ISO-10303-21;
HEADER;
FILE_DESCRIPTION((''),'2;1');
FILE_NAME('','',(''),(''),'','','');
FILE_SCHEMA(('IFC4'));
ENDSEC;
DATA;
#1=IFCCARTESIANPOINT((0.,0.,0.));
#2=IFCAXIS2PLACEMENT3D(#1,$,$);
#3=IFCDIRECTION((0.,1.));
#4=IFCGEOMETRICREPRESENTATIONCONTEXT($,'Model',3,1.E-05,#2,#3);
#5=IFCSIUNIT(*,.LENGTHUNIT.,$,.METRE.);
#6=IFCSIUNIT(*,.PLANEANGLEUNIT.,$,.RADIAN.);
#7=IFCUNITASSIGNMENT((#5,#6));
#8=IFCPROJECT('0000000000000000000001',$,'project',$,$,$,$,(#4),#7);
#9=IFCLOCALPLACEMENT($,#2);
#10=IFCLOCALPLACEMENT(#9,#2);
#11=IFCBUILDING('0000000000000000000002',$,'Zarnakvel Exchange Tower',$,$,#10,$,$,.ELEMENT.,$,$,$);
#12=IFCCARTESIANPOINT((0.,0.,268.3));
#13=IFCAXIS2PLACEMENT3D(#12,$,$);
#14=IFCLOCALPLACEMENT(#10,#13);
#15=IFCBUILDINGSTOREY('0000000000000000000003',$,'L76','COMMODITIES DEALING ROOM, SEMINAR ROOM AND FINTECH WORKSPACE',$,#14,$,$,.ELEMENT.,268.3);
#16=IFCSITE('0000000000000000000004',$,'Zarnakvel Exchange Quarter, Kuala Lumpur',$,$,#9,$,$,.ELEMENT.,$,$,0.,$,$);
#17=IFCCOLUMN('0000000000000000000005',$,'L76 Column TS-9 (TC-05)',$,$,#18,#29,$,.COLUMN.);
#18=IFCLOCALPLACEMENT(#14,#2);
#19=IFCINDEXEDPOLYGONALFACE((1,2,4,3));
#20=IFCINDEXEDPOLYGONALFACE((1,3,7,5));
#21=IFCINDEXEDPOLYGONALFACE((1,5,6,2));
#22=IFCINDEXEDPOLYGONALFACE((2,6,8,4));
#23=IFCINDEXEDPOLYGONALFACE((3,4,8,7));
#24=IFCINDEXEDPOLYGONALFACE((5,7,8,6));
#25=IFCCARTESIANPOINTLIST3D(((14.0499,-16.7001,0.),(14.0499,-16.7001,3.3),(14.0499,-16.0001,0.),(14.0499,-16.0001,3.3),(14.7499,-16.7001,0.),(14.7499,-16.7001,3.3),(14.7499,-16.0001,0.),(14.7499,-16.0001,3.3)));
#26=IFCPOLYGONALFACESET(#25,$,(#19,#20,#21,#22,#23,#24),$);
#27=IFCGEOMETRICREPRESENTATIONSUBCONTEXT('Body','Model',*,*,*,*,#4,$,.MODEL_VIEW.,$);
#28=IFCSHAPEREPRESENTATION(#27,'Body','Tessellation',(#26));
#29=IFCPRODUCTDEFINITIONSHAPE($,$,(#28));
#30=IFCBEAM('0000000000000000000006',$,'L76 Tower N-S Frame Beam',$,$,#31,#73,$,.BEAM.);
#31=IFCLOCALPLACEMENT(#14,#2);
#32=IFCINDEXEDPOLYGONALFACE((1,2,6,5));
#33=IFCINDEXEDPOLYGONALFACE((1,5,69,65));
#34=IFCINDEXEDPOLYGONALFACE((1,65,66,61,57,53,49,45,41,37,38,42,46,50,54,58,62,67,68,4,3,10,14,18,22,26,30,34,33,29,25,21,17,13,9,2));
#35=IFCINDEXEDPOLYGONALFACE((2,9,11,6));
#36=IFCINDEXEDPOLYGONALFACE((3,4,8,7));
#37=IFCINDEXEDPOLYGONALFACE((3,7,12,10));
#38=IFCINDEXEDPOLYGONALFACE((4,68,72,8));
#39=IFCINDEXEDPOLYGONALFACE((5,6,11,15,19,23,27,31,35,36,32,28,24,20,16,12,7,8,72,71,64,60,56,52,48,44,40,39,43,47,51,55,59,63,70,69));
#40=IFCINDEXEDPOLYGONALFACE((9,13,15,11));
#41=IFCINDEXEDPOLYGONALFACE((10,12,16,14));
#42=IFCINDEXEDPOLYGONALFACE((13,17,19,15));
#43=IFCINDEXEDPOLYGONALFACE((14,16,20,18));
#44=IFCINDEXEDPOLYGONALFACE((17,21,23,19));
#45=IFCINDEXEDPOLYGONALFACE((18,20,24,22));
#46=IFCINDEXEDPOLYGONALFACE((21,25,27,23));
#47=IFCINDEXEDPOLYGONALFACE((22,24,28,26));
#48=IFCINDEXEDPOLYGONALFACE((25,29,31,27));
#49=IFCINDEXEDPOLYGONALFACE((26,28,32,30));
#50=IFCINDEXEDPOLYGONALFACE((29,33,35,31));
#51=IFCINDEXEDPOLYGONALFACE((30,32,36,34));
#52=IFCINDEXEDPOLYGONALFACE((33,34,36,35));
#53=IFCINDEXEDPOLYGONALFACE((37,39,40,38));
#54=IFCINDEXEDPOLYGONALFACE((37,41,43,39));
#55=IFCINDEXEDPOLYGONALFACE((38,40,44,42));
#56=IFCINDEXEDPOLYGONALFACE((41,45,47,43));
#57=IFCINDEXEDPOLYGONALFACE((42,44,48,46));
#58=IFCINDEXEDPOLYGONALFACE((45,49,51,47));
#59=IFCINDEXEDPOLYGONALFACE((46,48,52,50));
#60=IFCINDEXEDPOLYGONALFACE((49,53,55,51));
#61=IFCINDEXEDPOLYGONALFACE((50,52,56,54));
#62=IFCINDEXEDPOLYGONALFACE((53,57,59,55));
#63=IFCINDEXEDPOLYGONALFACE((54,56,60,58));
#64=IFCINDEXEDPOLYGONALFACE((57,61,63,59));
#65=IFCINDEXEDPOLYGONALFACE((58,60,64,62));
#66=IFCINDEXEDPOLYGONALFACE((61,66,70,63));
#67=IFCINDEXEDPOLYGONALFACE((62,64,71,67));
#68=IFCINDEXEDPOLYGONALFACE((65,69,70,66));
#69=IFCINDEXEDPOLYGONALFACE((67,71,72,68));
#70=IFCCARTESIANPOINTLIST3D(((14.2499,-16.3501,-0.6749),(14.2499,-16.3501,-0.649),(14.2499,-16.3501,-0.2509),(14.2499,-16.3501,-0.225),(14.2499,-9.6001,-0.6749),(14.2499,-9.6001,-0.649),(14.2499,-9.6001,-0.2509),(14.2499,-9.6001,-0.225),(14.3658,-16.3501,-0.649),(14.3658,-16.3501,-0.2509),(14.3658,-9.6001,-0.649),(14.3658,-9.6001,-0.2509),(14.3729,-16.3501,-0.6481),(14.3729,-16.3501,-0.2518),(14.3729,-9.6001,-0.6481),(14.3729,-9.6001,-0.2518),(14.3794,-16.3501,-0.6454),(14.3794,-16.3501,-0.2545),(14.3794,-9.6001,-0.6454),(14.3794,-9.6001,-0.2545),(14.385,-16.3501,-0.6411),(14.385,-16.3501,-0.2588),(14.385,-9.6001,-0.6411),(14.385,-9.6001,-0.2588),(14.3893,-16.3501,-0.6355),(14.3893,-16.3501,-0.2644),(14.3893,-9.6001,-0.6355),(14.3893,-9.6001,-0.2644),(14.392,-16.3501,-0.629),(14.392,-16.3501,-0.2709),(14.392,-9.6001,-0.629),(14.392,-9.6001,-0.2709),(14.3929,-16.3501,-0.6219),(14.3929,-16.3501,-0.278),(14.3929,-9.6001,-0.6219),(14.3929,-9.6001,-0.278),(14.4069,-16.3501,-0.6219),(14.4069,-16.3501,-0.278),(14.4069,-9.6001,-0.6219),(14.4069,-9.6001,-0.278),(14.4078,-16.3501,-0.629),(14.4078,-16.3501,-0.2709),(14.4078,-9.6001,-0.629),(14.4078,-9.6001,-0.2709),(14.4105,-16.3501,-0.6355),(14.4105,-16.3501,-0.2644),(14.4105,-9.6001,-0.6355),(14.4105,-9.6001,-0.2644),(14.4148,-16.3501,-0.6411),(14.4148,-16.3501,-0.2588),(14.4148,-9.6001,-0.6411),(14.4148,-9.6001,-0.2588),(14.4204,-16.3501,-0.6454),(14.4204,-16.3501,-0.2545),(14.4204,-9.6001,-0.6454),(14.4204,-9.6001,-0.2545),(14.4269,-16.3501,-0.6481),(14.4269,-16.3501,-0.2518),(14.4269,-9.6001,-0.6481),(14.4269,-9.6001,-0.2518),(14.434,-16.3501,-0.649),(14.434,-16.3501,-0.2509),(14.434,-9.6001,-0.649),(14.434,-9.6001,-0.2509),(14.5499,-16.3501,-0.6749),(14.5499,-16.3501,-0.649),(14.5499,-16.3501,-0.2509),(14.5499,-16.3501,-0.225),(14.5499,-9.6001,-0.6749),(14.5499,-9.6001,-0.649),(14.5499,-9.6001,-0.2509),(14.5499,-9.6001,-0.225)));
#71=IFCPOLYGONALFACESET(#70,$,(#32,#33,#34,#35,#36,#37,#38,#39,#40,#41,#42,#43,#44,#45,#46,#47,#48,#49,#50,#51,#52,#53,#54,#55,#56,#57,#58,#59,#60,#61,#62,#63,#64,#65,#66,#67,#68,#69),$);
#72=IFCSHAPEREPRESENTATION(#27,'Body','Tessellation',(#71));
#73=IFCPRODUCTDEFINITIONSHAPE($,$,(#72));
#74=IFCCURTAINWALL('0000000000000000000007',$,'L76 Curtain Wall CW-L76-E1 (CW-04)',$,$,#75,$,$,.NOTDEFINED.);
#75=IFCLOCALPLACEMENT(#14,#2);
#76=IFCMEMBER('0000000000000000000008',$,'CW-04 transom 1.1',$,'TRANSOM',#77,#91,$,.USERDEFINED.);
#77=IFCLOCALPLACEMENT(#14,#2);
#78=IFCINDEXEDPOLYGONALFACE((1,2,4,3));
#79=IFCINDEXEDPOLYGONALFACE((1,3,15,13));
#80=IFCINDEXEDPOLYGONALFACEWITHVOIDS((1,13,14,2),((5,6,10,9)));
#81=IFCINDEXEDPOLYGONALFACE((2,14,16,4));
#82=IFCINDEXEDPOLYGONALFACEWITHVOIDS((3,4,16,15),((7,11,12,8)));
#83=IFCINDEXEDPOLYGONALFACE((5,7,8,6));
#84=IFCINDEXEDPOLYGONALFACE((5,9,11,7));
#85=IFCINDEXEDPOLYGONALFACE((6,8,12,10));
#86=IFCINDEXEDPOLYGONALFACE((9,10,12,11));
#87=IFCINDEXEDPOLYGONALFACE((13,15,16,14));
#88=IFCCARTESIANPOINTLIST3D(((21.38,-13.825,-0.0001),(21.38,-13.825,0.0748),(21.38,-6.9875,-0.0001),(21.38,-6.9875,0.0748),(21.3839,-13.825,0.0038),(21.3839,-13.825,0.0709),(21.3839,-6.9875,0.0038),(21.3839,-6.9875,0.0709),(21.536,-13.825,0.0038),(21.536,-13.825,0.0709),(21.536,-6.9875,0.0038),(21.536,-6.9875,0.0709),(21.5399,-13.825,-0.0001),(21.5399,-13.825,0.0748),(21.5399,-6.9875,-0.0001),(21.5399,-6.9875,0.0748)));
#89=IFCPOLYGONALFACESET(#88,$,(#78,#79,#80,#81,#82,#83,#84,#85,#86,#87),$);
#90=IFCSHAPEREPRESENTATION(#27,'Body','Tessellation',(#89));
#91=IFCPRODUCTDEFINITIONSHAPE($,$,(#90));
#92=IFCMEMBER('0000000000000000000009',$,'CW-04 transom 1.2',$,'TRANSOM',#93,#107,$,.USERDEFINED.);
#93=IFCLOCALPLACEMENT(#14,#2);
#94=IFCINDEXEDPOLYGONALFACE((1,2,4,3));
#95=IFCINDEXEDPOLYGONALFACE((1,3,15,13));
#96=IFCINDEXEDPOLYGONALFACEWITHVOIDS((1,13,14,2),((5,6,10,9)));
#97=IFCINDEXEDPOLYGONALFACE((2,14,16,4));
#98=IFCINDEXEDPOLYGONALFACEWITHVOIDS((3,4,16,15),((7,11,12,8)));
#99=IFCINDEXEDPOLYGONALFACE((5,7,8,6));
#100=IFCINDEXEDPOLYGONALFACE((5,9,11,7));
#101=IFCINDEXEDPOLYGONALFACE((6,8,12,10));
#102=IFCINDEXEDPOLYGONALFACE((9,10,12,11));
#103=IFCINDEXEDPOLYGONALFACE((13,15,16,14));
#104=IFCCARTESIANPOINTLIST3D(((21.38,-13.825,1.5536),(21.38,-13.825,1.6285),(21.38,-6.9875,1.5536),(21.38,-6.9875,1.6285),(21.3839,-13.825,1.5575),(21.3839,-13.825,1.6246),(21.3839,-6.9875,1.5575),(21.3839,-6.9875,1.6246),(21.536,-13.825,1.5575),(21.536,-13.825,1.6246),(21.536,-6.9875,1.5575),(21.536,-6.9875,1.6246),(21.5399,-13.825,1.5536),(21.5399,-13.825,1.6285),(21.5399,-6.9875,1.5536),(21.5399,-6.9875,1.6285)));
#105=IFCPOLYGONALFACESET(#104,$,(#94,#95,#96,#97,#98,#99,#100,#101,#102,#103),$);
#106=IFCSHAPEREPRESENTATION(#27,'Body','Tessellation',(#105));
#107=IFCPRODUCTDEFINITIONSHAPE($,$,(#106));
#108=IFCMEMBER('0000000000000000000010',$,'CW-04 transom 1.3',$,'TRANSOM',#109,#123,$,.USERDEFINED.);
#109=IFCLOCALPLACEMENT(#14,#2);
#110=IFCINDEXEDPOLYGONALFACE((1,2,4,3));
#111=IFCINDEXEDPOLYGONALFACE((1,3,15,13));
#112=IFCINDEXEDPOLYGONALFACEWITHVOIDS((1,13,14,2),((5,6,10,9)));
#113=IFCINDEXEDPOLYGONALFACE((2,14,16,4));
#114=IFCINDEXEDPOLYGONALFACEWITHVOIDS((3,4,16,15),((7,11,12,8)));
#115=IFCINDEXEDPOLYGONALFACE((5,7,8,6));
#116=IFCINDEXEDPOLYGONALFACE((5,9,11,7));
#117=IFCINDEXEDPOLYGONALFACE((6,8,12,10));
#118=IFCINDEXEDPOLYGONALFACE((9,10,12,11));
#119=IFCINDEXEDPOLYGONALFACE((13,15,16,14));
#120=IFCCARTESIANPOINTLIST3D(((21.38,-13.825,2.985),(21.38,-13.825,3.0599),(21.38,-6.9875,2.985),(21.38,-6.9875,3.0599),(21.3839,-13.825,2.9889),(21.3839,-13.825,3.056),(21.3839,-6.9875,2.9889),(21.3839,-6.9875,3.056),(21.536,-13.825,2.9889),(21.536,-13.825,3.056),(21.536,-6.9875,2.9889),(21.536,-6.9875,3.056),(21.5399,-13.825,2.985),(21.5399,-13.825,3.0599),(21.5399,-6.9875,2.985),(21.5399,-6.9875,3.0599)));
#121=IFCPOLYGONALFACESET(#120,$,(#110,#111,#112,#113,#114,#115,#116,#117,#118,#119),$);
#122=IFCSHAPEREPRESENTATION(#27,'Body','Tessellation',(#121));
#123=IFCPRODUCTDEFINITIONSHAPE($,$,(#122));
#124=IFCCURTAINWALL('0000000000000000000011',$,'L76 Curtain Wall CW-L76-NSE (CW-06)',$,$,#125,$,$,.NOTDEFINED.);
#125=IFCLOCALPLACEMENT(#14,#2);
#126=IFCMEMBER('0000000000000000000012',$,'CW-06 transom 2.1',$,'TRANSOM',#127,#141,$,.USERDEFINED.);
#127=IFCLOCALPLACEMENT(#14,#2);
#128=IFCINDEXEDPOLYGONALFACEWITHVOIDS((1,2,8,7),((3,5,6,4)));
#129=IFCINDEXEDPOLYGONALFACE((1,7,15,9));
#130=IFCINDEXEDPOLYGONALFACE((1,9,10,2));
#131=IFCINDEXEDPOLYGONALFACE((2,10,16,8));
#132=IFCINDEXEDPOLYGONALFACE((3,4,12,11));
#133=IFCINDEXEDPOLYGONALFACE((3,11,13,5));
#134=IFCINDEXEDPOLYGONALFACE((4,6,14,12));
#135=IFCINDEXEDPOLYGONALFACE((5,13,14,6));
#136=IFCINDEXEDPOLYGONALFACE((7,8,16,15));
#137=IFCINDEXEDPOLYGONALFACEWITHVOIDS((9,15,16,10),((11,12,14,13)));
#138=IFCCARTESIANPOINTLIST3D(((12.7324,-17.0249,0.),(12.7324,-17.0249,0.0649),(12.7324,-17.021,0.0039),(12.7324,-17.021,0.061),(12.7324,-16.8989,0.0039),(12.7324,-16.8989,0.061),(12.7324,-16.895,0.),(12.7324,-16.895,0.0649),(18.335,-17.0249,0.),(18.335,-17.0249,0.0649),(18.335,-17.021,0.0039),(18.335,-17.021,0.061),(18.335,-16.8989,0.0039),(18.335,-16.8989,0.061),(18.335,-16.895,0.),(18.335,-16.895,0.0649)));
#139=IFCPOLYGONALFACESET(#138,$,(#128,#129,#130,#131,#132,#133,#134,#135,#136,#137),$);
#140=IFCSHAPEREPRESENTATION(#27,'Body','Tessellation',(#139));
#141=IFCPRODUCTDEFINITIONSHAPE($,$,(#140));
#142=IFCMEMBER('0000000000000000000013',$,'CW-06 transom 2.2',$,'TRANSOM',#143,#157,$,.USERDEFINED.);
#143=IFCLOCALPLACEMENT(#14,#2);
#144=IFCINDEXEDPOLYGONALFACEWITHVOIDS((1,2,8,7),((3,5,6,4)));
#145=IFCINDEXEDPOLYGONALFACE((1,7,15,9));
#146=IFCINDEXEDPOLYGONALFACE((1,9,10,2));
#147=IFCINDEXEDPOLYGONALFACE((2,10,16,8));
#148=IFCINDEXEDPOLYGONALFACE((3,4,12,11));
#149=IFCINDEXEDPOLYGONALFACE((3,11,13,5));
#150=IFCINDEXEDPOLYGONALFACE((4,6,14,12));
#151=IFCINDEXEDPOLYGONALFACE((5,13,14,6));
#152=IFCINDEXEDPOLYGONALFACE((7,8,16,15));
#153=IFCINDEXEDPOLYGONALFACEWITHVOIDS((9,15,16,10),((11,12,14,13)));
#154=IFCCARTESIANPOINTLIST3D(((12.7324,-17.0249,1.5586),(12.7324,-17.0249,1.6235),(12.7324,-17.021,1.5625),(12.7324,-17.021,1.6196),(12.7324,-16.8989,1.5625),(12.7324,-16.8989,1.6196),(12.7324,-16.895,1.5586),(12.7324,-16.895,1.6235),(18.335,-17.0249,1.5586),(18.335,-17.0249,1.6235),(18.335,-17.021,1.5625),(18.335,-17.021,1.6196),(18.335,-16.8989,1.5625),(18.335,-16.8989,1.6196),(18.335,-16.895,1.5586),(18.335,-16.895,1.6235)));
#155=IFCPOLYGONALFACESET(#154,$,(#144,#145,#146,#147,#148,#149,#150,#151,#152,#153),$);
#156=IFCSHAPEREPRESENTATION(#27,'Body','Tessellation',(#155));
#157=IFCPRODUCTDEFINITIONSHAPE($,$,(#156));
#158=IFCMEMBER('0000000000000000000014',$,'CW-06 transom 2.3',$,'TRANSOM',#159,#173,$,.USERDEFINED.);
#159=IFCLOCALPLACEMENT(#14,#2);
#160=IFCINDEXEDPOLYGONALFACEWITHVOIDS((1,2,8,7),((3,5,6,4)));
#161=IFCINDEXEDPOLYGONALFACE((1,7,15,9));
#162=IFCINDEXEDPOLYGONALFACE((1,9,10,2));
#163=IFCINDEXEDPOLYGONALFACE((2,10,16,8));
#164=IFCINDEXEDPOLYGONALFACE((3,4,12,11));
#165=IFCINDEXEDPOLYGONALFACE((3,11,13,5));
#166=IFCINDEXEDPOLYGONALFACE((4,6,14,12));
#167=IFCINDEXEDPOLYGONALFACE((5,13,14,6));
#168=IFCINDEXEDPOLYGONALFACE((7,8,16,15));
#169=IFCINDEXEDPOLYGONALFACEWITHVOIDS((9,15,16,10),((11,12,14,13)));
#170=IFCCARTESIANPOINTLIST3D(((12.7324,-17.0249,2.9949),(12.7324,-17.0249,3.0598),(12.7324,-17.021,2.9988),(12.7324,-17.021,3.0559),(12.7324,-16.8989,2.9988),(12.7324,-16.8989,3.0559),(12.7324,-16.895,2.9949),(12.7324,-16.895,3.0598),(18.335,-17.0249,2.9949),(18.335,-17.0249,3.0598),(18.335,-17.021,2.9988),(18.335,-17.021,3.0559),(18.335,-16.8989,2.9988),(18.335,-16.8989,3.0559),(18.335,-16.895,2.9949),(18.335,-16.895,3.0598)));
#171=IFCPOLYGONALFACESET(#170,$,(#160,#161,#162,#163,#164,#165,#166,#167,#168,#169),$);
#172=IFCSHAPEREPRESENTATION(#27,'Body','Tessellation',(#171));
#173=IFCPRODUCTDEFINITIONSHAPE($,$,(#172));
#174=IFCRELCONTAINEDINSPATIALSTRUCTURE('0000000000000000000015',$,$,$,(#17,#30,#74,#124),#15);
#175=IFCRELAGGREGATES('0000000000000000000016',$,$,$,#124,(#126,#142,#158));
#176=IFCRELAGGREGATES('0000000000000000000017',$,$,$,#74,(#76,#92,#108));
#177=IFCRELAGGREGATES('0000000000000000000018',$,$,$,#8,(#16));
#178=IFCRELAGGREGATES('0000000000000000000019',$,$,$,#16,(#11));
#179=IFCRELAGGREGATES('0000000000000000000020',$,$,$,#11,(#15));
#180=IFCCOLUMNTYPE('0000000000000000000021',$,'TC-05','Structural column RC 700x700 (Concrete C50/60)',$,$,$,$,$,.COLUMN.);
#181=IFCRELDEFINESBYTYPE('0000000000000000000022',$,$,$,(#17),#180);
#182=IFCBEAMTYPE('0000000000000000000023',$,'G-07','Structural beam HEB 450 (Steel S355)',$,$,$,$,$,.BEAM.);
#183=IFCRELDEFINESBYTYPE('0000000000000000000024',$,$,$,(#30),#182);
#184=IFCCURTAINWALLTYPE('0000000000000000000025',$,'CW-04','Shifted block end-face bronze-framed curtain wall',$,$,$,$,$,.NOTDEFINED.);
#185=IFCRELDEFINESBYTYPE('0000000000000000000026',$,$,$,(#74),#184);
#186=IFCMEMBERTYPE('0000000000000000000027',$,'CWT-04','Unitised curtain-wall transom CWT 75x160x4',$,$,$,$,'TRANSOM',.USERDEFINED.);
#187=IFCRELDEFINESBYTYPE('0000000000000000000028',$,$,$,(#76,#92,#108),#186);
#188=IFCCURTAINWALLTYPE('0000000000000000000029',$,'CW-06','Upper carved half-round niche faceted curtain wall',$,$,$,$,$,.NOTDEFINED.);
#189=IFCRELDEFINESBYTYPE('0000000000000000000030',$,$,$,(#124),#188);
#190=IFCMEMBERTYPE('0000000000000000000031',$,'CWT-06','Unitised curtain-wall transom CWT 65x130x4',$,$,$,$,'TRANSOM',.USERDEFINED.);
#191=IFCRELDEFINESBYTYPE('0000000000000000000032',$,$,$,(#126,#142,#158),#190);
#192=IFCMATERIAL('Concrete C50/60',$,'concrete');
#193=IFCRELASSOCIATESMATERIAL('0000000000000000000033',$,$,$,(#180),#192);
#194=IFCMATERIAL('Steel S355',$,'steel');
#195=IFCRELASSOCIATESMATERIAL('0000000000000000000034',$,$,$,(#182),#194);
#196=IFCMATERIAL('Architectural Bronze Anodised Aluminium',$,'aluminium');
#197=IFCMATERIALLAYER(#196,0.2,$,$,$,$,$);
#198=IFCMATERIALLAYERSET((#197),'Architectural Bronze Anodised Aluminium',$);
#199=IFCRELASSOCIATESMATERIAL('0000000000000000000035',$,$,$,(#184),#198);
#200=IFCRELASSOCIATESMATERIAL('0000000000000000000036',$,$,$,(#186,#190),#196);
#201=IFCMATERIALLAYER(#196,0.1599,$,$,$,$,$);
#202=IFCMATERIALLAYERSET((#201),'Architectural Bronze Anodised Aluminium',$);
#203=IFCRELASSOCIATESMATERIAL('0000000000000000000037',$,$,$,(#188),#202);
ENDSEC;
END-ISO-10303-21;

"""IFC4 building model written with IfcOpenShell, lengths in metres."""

from ifc_helpers import new_model, si_unit, direction, frame, origin, origin_2d, place, context, subcontext, project, spatial, rectangle, hollow_rectangle, i_section, extrude, source, transform, mapped, material, layer, layer_set, material_profile, profile_set, type_object, element, aggregate, save


model = new_model("IFC4")

# Units and contexts
model_context = context("Model", 3, precision=1e-05, world=origin(), true_north=direction((0.0, 1.0)))
body_context = subcontext(model_context, "Body", "Model", "MODEL_VIEW")
ifc_project = project(units=[si_unit("LENGTHUNIT", "METRE"), si_unit("PLANEANGLEUNIT", "RADIAN")], contexts=[model_context])

# Site, building, storey
site_placement = place(None, origin())
site = spatial("IfcSite", under=ifc_project, at=site_placement, Name="Zarnakvel Exchange Quarter, Kuala Lumpur", CompositionType="ELEMENT", RefElevation=0.0)
building_placement = place(site_placement, origin())
building = spatial("IfcBuilding", under=site, at=building_placement, Name="Zarnakvel Exchange Tower", CompositionType="ELEMENT")
storey_placement = place(building_placement, frame((0.0, 0.0, 268.3)))
storey = spatial("IfcBuildingStorey", under=building, at=storey_placement, Name="L76", Description="COMMODITIES DEALING ROOM, SEMINAR ROOM AND FINTECH WORKSPACE", CompositionType="ELEMENT", Elevation=268.3)

# Column
ifc_material_1 = material(Name="Concrete C50/60", Category="concrete")
ifc_material_profile_1 = material_profile(ifc_material_1, rectangle(XDim=0.7, YDim=0.7, at=origin_2d()))
ifc_profile_set_1 = profile_set([ifc_material_profile_1], Name="Concrete C50/60")
column_type = type_object("IfcColumnType", Name="TC-05", Description="Structural column RC 700x700 (Concrete C50/60)", PredefinedType="COLUMN", material=ifc_profile_set_1)
column_placement = place(storey_placement, frame((14.3999, -16.3501, 0.0), z_axis=(0.0, 0.0, 1.0), x_axis=(1.0, 0.0, 0.0)))
element("IfcColumn", 1, at=column_placement, inside=storey, type_object=column_type, Name="L76 Column TS-9 (TC-05)", PredefinedType="COLUMN", context=body_context, shape_type="SweptSolid", body=[
    extrude(rectangle(XDim=0.7, YDim=0.7, at=origin_2d()), origin(), (0.0, 0.0, 1.0), 3.3),
])

# Beam
ifc_material_2 = material(Name="Steel S355", Category="steel")
ifc_material_profile_2 = material_profile(ifc_material_2, i_section(OverallWidth=0.3, OverallDepth=0.45, WebThickness=0.0139, FlangeThickness=0.0259, FilletRadius=0.0271, at=origin_2d()))
ifc_profile_set_2 = profile_set([ifc_material_profile_2], Name="Steel S355")
beam_type = type_object("IfcBeamType", Name="G-07", Description="Structural beam HEB 450 (Steel S355)", PredefinedType="BEAM", material=ifc_profile_set_2)
beam_placement = place(storey_placement, frame((14.3999, -16.3501, -0.45), z_axis=(0.0, 1.0, 0.0), x_axis=(-1.0, 0.0, 0.0)))
element("IfcBeam", 2, at=beam_placement, inside=storey, type_object=beam_type, Name="L76 Tower N-S Frame Beam", PredefinedType="BEAM", context=body_context, shape_type="SweptSolid", body=[
    extrude(i_section(OverallWidth=0.3, OverallDepth=0.45, WebThickness=0.0139, FlangeThickness=0.0259, FilletRadius=0.0271, at=origin_2d()), origin(), (0.0, 0.0, 1.0), 6.75),
])

# Curtain walls, members
ifc_material_3 = material(Name="Architectural Bronze Anodised Aluminium", Category="aluminium")
ifc_layer_1 = layer(ifc_material_3, 0.2)
ifc_layer_set_1 = layer_set([ifc_layer_1], Name="Architectural Bronze Anodised Aluminium")
curtain_wall_type_1 = type_object("IfcCurtainWallType", Name="CW-04", Description="Shifted block end-face bronze-framed curtain wall", PredefinedType="NOTDEFINED", material=ifc_layer_set_1)
curtain_wall_1_placement = place(storey_placement, origin())
curtain_wall_1 = element("IfcCurtainWall", 3, at=curtain_wall_1_placement, inside=storey, type_object=curtain_wall_type_1, Name="L76 Curtain Wall CW-L76-E1 (CW-04)", PredefinedType="NOTDEFINED")
ifc_material_profile_3 = material_profile(ifc_material_3, hollow_rectangle(XDim=0.1599, YDim=0.075, WallThickness=0.0039, at=origin_2d()))
ifc_profile_set_3 = profile_set([ifc_material_profile_3], Name="Architectural Bronze Anodised Aluminium")
member_type_1 = type_object("IfcMemberType", Name="CWT-04", Description="Unitised curtain-wall transom CWT 75x160x4", ElementType="TRANSOM", PredefinedType="USERDEFINED", material=ifc_profile_set_3)
shared_shape_1 = source(origin(), body_context, "Body", "SweptSolid", [
    extrude(hollow_rectangle(XDim=0.1599, YDim=0.075, WallThickness=0.0039, at=origin_2d()), origin(), (0.0, 0.0, 1.0), 6.8374),
])
member_1_placement = place(storey_placement, frame((21.46, -13.825, 0.0374), z_axis=(0.0, 1.0, 0.0), x_axis=(-1.0, 0.0, 0.0)))
member_1 = element("IfcMember", 4, at=member_1_placement, type_object=member_type_1, Name="CW-04 transom 1.1", ObjectType="TRANSOM", PredefinedType="USERDEFINED", context=body_context, shape_type="MappedRepresentation", body=[
    mapped(shared_shape_1, transform((0.0, 0.0, 0.0), x_axis=(1.0, 0.0, 0.0), y_axis=(0.0, 1.0, 0.0), z_axis=(0.0, 0.0, 1.0), scale=1.0)),
])
member_2_placement = place(storey_placement, frame((21.46, -13.825, 1.5911), z_axis=(0.0, 1.0, 0.0), x_axis=(-1.0, 0.0, 0.0)))
member_2 = element("IfcMember", 5, at=member_2_placement, type_object=member_type_1, Name="CW-04 transom 1.2", ObjectType="TRANSOM", PredefinedType="USERDEFINED", context=body_context, shape_type="MappedRepresentation", body=[
    mapped(shared_shape_1, transform((0.0, 0.0, 0.0), x_axis=(1.0, 0.0, 0.0), y_axis=(0.0, 1.0, 0.0), z_axis=(0.0, 0.0, 1.0), scale=1.0)),
])
member_3_placement = place(storey_placement, frame((21.46, -13.825, 3.0225), z_axis=(0.0, 1.0, 0.0), x_axis=(-1.0, 0.0, 0.0)))
member_3 = element("IfcMember", 6, at=member_3_placement, type_object=member_type_1, Name="CW-04 transom 1.3", ObjectType="TRANSOM", PredefinedType="USERDEFINED", context=body_context, shape_type="MappedRepresentation", body=[
    mapped(shared_shape_1, transform((0.0, 0.0, 0.0), x_axis=(1.0, 0.0, 0.0), y_axis=(0.0, 1.0, 0.0), z_axis=(0.0, 0.0, 1.0), scale=1.0)),
])
ifc_layer_2 = layer(ifc_material_3, 0.1599)
ifc_layer_set_2 = layer_set([ifc_layer_2], Name="Architectural Bronze Anodised Aluminium")
curtain_wall_type_2 = type_object("IfcCurtainWallType", Name="CW-06", Description="Upper carved half-round niche faceted curtain wall", PredefinedType="NOTDEFINED", material=ifc_layer_set_2)
curtain_wall_2_placement = place(storey_placement, origin())
curtain_wall_2 = element("IfcCurtainWall", 7, at=curtain_wall_2_placement, inside=storey, type_object=curtain_wall_type_2, Name="L76 Curtain Wall CW-L76-NSE (CW-06)", PredefinedType="NOTDEFINED")
ifc_material_profile_4 = material_profile(ifc_material_3, hollow_rectangle(XDim=0.1299, YDim=0.0649, WallThickness=0.0039, at=origin_2d()))
ifc_profile_set_4 = profile_set([ifc_material_profile_4], Name="Architectural Bronze Anodised Aluminium")
member_type_2 = type_object("IfcMemberType", Name="CWT-06", Description="Unitised curtain-wall transom CWT 65x130x4", ElementType="TRANSOM", PredefinedType="USERDEFINED", material=ifc_profile_set_4)
shared_shape_2 = source(origin(), body_context, "Body", "SweptSolid", [
    extrude(hollow_rectangle(XDim=0.1299, YDim=0.0649, WallThickness=0.0039, at=origin_2d()), origin(), (0.0, 0.0, 1.0), 5.6025),
])
member_4_placement = place(storey_placement, frame((12.7324, -16.96, 0.0325), z_axis=(1.0, 0.0, 0.0), x_axis=(0.0, 1.0, 0.0)))
member_4 = element("IfcMember", 8, at=member_4_placement, type_object=member_type_2, Name="CW-06 transom 2.1", ObjectType="TRANSOM", PredefinedType="USERDEFINED", context=body_context, shape_type="MappedRepresentation", body=[
    mapped(shared_shape_2, transform((0.0, 0.0, 0.0), x_axis=(1.0, 0.0, 0.0), y_axis=(0.0, 1.0, 0.0), z_axis=(0.0, 0.0, 1.0), scale=1.0)),
])
member_5_placement = place(storey_placement, frame((12.7324, -16.96, 1.5911), z_axis=(1.0, 0.0, 0.0), x_axis=(0.0, 1.0, 0.0)))
member_5 = element("IfcMember", 9, at=member_5_placement, type_object=member_type_2, Name="CW-06 transom 2.2", ObjectType="TRANSOM", PredefinedType="USERDEFINED", context=body_context, shape_type="MappedRepresentation", body=[
    mapped(shared_shape_2, transform((0.0, 0.0, 0.0), x_axis=(1.0, 0.0, 0.0), y_axis=(0.0, 1.0, 0.0), z_axis=(0.0, 0.0, 1.0), scale=1.0)),
])
member_6_placement = place(storey_placement, frame((12.7324, -16.96, 3.0273), z_axis=(1.0, 0.0, 0.0), x_axis=(0.0, 1.0, 0.0)))
member_6 = element("IfcMember", 10, at=member_6_placement, type_object=member_type_2, Name="CW-06 transom 2.3", ObjectType="TRANSOM", PredefinedType="USERDEFINED", context=body_context, shape_type="MappedRepresentation", body=[
    mapped(shared_shape_2, transform((0.0, 0.0, 0.0), x_axis=(1.0, 0.0, 0.0), y_axis=(0.0, 1.0, 0.0), z_axis=(0.0, 0.0, 1.0), scale=1.0)),
])

aggregate(curtain_wall_2, [member_4, member_5, member_6])
aggregate(curtain_wall_1, [member_1, member_2, member_3])

save(model, "model.ifc")
